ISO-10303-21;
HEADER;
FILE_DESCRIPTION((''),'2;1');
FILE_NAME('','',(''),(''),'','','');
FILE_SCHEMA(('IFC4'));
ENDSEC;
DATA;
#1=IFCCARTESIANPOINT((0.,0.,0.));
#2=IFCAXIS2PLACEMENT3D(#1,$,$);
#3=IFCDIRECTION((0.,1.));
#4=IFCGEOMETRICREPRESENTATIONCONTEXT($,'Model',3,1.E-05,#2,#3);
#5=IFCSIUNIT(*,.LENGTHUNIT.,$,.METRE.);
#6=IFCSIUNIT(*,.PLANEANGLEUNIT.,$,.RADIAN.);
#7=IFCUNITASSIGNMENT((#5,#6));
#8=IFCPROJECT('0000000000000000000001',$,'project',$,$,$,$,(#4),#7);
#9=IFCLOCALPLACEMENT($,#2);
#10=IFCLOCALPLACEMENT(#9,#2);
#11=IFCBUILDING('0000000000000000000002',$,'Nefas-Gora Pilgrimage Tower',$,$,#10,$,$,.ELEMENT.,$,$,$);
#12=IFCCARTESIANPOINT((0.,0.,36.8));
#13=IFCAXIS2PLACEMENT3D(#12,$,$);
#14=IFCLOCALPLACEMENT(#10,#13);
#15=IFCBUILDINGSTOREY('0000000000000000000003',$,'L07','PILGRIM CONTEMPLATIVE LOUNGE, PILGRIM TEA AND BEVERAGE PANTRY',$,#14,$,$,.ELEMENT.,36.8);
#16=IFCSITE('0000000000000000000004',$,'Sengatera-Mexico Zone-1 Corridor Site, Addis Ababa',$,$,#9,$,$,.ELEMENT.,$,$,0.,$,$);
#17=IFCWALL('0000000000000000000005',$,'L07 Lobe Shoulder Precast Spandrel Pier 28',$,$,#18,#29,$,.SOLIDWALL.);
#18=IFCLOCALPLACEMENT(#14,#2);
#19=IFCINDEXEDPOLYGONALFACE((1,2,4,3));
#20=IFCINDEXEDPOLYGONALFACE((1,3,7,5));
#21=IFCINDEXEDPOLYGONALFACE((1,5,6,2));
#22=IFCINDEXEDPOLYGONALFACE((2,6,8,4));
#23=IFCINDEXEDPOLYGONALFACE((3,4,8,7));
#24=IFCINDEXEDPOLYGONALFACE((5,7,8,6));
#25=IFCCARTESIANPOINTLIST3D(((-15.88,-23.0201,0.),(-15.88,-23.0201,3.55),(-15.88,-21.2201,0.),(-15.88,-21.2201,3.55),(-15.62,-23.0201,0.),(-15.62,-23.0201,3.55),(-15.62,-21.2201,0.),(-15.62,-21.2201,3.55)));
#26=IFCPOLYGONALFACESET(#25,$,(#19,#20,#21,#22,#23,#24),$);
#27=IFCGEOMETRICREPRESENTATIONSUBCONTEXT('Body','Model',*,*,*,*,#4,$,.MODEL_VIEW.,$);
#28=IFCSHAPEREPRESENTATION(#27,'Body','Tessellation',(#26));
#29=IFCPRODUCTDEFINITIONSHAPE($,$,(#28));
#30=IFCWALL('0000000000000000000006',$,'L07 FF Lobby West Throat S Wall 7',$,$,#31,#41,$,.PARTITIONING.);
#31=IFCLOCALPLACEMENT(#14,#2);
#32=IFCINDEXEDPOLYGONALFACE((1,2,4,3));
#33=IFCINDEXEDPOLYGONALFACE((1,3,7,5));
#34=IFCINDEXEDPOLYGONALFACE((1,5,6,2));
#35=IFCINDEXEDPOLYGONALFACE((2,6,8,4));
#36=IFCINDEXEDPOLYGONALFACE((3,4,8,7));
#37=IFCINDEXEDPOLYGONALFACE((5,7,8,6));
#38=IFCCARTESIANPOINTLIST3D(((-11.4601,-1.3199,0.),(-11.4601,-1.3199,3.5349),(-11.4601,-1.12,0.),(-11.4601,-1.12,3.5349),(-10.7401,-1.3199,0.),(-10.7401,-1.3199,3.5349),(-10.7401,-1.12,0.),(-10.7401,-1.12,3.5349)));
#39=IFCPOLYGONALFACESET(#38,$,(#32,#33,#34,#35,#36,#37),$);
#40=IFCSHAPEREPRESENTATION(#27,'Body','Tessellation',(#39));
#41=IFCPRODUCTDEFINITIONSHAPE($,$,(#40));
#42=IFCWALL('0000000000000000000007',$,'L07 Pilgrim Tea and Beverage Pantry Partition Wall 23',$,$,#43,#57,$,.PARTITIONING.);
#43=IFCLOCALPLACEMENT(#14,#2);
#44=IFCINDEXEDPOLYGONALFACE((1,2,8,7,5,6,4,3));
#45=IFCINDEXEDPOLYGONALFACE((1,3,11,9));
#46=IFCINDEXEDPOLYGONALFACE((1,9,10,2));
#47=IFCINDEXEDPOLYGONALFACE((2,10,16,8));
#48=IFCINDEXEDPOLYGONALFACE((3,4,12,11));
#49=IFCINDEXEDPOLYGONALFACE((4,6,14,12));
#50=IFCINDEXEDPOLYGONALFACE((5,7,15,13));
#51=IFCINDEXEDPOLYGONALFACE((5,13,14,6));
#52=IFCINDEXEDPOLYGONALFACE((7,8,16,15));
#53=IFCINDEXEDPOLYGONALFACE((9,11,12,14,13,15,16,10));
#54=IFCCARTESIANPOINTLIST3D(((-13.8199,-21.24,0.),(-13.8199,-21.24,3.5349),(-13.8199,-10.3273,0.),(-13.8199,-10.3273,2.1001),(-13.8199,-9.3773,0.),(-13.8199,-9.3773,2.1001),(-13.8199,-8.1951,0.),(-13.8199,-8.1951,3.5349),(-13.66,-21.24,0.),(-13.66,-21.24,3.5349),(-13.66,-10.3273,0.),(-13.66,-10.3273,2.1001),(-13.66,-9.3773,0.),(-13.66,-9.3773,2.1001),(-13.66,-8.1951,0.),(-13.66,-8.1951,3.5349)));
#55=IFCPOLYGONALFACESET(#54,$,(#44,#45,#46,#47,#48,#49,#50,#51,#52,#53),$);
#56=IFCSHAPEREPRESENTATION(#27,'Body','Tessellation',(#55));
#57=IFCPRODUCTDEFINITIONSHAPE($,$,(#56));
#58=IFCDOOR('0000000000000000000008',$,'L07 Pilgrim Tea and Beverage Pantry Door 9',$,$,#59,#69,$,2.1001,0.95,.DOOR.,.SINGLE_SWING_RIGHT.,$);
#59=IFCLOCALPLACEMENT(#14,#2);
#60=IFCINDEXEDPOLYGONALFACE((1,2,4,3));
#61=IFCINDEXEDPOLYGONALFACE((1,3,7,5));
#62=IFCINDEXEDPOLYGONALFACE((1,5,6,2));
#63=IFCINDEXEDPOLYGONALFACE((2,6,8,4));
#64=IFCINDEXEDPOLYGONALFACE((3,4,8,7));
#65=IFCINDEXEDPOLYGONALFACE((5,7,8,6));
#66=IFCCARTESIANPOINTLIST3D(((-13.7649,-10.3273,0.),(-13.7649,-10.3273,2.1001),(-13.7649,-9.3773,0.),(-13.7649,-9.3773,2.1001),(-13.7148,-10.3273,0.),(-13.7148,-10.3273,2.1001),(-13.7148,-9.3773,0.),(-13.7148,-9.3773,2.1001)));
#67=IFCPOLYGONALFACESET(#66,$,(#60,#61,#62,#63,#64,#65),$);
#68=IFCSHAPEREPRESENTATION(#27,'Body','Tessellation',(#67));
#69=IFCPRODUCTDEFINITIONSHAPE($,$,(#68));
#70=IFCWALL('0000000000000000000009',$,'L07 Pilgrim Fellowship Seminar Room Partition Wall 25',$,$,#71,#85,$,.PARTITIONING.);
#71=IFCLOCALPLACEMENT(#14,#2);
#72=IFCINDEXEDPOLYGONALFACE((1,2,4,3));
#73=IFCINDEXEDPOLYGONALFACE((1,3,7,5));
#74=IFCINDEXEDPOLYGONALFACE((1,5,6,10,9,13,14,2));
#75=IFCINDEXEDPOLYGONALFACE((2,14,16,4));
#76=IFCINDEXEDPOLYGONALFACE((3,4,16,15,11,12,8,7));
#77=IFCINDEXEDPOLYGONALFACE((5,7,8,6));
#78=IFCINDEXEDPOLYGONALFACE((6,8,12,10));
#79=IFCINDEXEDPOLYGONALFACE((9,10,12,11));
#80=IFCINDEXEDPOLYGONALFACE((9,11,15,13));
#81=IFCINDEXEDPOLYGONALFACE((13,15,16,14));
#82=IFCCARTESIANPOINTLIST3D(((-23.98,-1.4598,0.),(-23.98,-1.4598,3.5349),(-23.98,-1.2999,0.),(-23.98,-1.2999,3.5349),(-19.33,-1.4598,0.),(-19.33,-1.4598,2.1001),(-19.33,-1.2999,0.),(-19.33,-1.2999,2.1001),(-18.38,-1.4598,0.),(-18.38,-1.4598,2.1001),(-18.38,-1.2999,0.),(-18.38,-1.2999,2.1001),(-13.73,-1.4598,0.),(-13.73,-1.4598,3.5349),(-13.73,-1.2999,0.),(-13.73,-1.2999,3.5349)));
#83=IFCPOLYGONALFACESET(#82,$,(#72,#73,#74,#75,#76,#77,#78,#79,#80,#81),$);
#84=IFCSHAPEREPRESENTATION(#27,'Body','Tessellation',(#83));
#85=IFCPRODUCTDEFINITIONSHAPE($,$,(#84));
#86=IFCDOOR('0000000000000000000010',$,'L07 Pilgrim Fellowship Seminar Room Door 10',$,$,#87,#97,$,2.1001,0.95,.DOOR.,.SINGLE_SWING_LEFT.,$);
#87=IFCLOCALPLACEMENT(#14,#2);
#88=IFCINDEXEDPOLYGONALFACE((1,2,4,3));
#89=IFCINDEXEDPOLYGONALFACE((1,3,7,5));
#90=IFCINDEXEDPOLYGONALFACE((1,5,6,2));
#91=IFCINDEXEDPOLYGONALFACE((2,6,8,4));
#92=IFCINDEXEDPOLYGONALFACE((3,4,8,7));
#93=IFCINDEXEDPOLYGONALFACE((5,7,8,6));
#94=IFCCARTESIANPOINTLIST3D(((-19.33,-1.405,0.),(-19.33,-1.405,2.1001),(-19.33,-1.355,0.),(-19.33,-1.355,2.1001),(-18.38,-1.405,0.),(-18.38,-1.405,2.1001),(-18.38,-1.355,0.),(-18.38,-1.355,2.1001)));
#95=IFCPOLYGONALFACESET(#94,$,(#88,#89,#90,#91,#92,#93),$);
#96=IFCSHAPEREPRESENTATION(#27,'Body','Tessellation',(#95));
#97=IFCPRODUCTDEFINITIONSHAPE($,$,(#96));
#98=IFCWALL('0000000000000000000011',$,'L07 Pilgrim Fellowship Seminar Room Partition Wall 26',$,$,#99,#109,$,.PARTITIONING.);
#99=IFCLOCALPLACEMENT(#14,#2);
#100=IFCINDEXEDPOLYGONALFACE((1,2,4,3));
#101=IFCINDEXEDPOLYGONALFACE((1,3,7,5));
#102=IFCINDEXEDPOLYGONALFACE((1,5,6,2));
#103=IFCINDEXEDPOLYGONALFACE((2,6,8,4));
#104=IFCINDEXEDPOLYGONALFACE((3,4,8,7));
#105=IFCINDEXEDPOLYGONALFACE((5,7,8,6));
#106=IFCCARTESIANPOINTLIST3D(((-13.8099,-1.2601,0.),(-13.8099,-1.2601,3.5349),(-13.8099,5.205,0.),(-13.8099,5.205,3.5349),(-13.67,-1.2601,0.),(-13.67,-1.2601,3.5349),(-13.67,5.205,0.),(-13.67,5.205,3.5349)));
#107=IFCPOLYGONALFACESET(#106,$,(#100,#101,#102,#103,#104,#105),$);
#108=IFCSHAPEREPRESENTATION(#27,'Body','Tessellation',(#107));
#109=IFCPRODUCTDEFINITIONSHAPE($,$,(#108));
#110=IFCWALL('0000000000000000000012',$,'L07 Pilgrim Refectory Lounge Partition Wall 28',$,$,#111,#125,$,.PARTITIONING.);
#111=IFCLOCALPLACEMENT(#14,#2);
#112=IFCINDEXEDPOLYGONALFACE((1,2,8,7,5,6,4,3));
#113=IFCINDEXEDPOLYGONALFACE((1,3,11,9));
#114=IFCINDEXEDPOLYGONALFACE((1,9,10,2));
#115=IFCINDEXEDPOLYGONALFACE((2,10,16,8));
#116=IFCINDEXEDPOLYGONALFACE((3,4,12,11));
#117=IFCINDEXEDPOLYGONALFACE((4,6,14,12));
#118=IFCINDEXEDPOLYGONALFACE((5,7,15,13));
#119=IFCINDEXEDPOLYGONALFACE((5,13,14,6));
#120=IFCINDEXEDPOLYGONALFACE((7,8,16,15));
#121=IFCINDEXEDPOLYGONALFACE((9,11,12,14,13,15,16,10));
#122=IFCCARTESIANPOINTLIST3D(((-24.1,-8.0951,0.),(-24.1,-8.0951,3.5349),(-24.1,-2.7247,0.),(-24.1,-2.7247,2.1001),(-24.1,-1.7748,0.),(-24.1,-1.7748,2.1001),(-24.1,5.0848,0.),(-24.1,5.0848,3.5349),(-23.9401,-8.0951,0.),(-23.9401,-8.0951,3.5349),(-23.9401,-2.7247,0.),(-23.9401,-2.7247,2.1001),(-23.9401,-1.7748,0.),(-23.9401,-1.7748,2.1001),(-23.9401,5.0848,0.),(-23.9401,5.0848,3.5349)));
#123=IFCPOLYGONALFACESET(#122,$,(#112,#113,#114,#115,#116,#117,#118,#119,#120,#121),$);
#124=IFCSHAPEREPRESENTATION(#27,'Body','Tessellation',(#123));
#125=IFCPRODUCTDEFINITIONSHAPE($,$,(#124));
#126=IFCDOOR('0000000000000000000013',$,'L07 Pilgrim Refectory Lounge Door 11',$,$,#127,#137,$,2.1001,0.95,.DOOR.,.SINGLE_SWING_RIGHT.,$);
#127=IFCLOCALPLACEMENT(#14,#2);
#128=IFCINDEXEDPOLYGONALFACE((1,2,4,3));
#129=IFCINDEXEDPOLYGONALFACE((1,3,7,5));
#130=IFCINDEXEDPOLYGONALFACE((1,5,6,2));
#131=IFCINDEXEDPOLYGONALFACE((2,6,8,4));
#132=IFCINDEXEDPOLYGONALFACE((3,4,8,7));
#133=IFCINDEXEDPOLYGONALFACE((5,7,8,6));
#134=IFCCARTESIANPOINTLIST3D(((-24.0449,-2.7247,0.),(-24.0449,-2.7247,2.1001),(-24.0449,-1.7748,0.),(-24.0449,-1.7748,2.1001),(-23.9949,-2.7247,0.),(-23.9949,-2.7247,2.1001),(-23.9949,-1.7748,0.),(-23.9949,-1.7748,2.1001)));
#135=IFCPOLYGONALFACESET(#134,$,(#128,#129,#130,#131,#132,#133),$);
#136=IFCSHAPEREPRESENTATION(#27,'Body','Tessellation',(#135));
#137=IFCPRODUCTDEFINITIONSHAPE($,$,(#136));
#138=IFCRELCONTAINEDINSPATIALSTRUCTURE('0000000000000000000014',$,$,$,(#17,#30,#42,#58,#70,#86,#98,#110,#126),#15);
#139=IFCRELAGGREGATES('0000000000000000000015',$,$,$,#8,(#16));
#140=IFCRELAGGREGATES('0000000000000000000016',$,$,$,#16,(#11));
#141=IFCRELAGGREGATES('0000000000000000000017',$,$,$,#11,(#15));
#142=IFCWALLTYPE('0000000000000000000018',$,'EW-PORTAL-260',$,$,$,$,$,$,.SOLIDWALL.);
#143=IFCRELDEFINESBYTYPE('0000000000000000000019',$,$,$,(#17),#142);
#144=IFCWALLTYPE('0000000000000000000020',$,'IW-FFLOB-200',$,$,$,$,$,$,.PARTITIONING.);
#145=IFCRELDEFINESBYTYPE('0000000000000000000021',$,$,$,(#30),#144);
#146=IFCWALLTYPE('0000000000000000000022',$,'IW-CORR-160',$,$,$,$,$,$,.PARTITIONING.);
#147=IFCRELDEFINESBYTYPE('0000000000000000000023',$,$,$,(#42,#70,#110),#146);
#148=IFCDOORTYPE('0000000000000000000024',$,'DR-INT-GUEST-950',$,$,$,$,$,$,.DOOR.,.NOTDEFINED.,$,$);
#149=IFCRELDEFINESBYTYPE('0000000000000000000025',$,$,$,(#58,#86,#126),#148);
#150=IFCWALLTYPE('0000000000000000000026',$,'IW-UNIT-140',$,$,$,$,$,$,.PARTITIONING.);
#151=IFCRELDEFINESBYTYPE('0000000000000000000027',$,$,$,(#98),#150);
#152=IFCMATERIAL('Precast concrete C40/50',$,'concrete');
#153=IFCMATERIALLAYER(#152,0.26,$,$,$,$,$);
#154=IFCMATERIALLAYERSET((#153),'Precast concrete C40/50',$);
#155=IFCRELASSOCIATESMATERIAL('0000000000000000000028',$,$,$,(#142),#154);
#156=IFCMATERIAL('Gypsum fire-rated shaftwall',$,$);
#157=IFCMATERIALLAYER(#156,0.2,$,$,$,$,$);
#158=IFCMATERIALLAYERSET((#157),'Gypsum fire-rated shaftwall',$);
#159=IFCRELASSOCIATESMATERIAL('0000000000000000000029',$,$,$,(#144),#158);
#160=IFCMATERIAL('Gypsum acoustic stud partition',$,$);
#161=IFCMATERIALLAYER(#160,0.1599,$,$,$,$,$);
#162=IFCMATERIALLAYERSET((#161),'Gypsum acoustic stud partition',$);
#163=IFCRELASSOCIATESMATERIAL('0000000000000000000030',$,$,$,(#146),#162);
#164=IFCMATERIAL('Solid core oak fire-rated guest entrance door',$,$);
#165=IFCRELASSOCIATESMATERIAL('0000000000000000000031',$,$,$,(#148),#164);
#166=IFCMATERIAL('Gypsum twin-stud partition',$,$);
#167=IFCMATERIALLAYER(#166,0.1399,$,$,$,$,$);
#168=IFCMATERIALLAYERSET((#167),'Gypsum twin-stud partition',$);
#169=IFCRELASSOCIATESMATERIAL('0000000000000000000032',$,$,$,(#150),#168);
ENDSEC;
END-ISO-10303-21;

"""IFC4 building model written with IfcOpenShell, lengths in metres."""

from ifc_helpers import new_model, si_unit, direction, frame, frame_2d, origin, place, context, subcontext, project, spatial, rectangle, extrude, source, transform, mapped, material, layer, layer_set, type_object, element, fill, save


model = new_model("IFC4")

# Units and contexts
model_context = context("Model", 3, precision=1e-05, world=origin(), true_north=direction((0.0, 1.0)))
body_context = subcontext(model_context, "Body", "Model", "MODEL_VIEW")
ifc_project = project(units=[si_unit("LENGTHUNIT", "METRE"), si_unit("PLANEANGLEUNIT", "RADIAN")], contexts=[model_context])

# Site, building, storey
site_placement = place(None, origin())
site = spatial("IfcSite", under=ifc_project, at=site_placement, Name="Sengatera-Mexico Zone-1 Corridor Site, Addis Ababa", CompositionType="ELEMENT", RefElevation=0.0)
building_placement = place(site_placement, origin())
building = spatial("IfcBuilding", under=site, at=building_placement, Name="Nefas-Gora Pilgrimage Tower", CompositionType="ELEMENT")
storey_placement = place(building_placement, frame((0.0, 0.0, 36.8)))
storey = spatial("IfcBuildingStorey", under=building, at=storey_placement, Name="L07", Description="PILGRIM CONTEMPLATIVE LOUNGE, PILGRIM TEA AND BEVERAGE PANTRY", CompositionType="ELEMENT", Elevation=36.8)

# Wall
ifc_material_1 = material(Name="Precast concrete C40/50", Category="concrete")
ifc_layer_1 = layer(ifc_material_1, 0.26)
ifc_layer_set_1 = layer_set([ifc_layer_1], Name="Precast concrete C40/50")
wall_type_1 = type_object("IfcWallType", Name="EW-PORTAL-260", PredefinedType="SOLIDWALL", material=ifc_layer_set_1)
shared_shape_1 = source(origin(), body_context, "Body", "SweptSolid", [
    extrude(rectangle(XDim=1.8, YDim=0.26, at=frame_2d((0.8999, 0.0))), origin(), (0.0, 0.0, 1.0), 3.55),
])
wall_1_placement = place(storey_placement, frame((-15.75, -23.02, 0.0), z_axis=(0.0, 0.0, 1.0), x_axis=(0.0, 1.0, 0.0)))
element("IfcWall", 1, at=wall_1_placement, inside=storey, type_object=wall_type_1, Name="L07 Lobe Shoulder Precast Spandrel Pier 28", PredefinedType="SOLIDWALL", context=body_context, shape_type="MappedRepresentation", body=[
    mapped(shared_shape_1, transform((0.0, 0.0, 0.0), x_axis=(1.0, 0.0, 0.0), y_axis=(0.0, 1.0, 0.0), z_axis=(0.0, 0.0, 1.0), scale=1.0)),
])

# Shared definitions
ifc_material_2 = material(Name="Gypsum fire-rated shaftwall")
ifc_layer_2 = layer(ifc_material_2, 0.2)
ifc_layer_set_2 = layer_set([ifc_layer_2], Name="Gypsum fire-rated shaftwall")
wall_type_2 = type_object("IfcWallType", Name="IW-FFLOB-200", PredefinedType="PARTITIONING", material=ifc_layer_set_2)

# Wall
shared_shape_2 = source(origin(), body_context, "Body", "SweptSolid", [
    extrude(rectangle(XDim=0.72, YDim=0.2, at=frame_2d((0.3599, 0.0))), origin(), (0.0, 0.0, 1.0), 3.5349),
])
wall_2_placement = place(storey_placement, frame((-11.46, -1.22, 0.0), z_axis=(0.0, 0.0, 1.0), x_axis=(1.0, 0.0, 0.0)))
element("IfcWall", 2, at=wall_2_placement, inside=storey, type_object=wall_type_2, Name="L07 FF Lobby West Throat S Wall 7", PredefinedType="PARTITIONING", context=body_context, shape_type="MappedRepresentation", body=[
    mapped(shared_shape_2, transform((0.0, 0.0, 0.0), x_axis=(1.0, 0.0, 0.0), y_axis=(0.0, 1.0, 0.0), z_axis=(0.0, 0.0, 1.0), scale=1.0)),
])

# Walls, openings, doors
ifc_material_3 = material(Name="Gypsum acoustic stud partition")
ifc_layer_3 = layer(ifc_material_3, 0.1599)
ifc_layer_set_3 = layer_set([ifc_layer_3], Name="Gypsum acoustic stud partition")
wall_type_3 = type_object("IfcWallType", Name="IW-CORR-160", PredefinedType="PARTITIONING", material=ifc_layer_set_3)
shared_shape_3 = source(origin(), body_context, "Body", "SweptSolid", [
    extrude(rectangle(XDim=13.0449, YDim=0.1599, at=frame_2d((6.5225, 0.0))), origin(), (0.0, 0.0, 1.0), 3.5349),
])
wall_3_placement = place(storey_placement, frame((-13.74, -21.24, 0.0), z_axis=(0.0, 0.0, 1.0), x_axis=(0.0, 1.0, 0.0)))
wall_3 = element("IfcWall", 3, at=wall_3_placement, inside=storey, type_object=wall_type_3, Name="L07 Pilgrim Tea and Beverage Pantry Partition Wall 23", PredefinedType="PARTITIONING", context=body_context, shape_type="MappedRepresentation", body=[
    mapped(shared_shape_3, transform((0.0, 0.0, 0.0), x_axis=(1.0, 0.0, 0.0), y_axis=(0.0, 1.0, 0.0), z_axis=(0.0, 0.0, 1.0), scale=1.0)),
])
opening_1_placement = place(wall_3_placement, frame((10.9126, 0.0, 0.0)))
opening_1 = element("IfcOpeningElement", 4, at=opening_1_placement, cuts=wall_3, PredefinedType="OPENING", context=body_context, shape_type="SweptSolid", body=[
    extrude(rectangle(XDim=0.95, YDim=2.1001, at=frame_2d((0.4751, 1.05))), frame((0.0, 0.0898, 0.0), z_axis=(0.0, -1.0, 0.0), x_axis=(1.0, 0.0, 0.0)), (0.0, 0.0, 1.0), 0.1799),
])
ifc_material_4 = material(Name="Solid core oak fire-rated guest entrance door")
door_type_1 = type_object("IfcDoorType", Name="DR-INT-GUEST-950", OperationType="NOTDEFINED", PredefinedType="DOOR", material=ifc_material_4)
shared_shape_4 = source(origin(), body_context, "Body", "SweptSolid", [
    extrude(rectangle(XDim=0.95, YDim=2.1001, at=frame_2d((0.4751, 1.05))), frame((0.0, 0.0249, 0.0), z_axis=(0.0, -1.0, 0.0), x_axis=(1.0, 0.0, 0.0)), (0.0, 0.0, 1.0), 0.05),
])
door_1_placement = place(opening_1_placement, origin())
door_1 = element("IfcDoor", 5, at=door_1_placement, inside=storey, type_object=door_type_1, Name="L07 Pilgrim Tea and Beverage Pantry Door 9", OperationType="SINGLE_SWING_RIGHT", OverallHeight=2.1001, OverallWidth=0.95, PredefinedType="DOOR", context=body_context, shape_type="MappedRepresentation", body=[
    mapped(shared_shape_4, transform((0.0, 0.0, 0.0), x_axis=(1.0, 0.0, 0.0), y_axis=(0.0, 1.0, 0.0), z_axis=(0.0, 0.0, 1.0), scale=1.0)),
])
fill(opening_1, door_1)
shared_shape_5 = source(origin(), body_context, "Body", "SweptSolid", [
    extrude(rectangle(XDim=10.25, YDim=0.1599, at=frame_2d((5.125, 0.0))), origin(), (0.0, 0.0, 1.0), 3.5349),
])
wall_4_placement = place(storey_placement, frame((-23.98, -1.3799, 0.0), z_axis=(0.0, 0.0, 1.0), x_axis=(1.0, 0.0, 0.0)))
wall_4 = element("IfcWall", 6, at=wall_4_placement, inside=storey, type_object=wall_type_3, Name="L07 Pilgrim Fellowship Seminar Room Partition Wall 25", PredefinedType="PARTITIONING", context=body_context, shape_type="MappedRepresentation", body=[
    mapped(shared_shape_5, transform((0.0, 0.0, 0.0), x_axis=(1.0, 0.0, 0.0), y_axis=(0.0, 1.0, 0.0), z_axis=(0.0, 0.0, 1.0), scale=1.0)),
])
opening_2_placement = place(wall_4_placement, frame((4.6499, 0.0, 0.0)))
opening_2 = element("IfcOpeningElement", 7, at=opening_2_placement, cuts=wall_4, PredefinedType="OPENING", context=body_context, shape_type="SweptSolid", body=[
    extrude(rectangle(XDim=0.95, YDim=2.1001, at=frame_2d((0.4751, 1.05))), frame((0.0, 0.0898, 0.0), z_axis=(0.0, -1.0, 0.0), x_axis=(1.0, 0.0, 0.0)), (0.0, 0.0, 1.0), 0.1799),
])
door_2_placement = place(opening_2_placement, origin())
door_2 = element("IfcDoor", 8, at=door_2_placement, inside=storey, type_object=door_type_1, Name="L07 Pilgrim Fellowship Seminar Room Door 10", OperationType="SINGLE_SWING_LEFT", OverallHeight=2.1001, OverallWidth=0.95, PredefinedType="DOOR", context=body_context, shape_type="MappedRepresentation", body=[
    mapped(shared_shape_4, transform((0.0, 0.0, 0.0), x_axis=(1.0, 0.0, 0.0), y_axis=(0.0, 1.0, 0.0), z_axis=(0.0, 0.0, 1.0), scale=1.0)),
])
fill(opening_2, door_2)

# Wall
ifc_material_5 = material(Name="Gypsum twin-stud partition")
ifc_layer_4 = layer(ifc_material_5, 0.1399)
ifc_layer_set_4 = layer_set([ifc_layer_4], Name="Gypsum twin-stud partition")
wall_type_4 = type_object("IfcWallType", Name="IW-UNIT-140", PredefinedType="PARTITIONING", material=ifc_layer_set_4)
shared_shape_6 = source(origin(), body_context, "Body", "SweptSolid", [
    extrude(rectangle(XDim=6.4651, YDim=0.1399, at=frame_2d((3.2324, 0.0))), origin(), (0.0, 0.0, 1.0), 3.5349),
])
wall_5_placement = place(storey_placement, frame((-13.74, -1.26, 0.0), z_axis=(0.0, 0.0, 1.0), x_axis=(0.0, 1.0, 0.0)))
element("IfcWall", 9, at=wall_5_placement, inside=storey, type_object=wall_type_4, Name="L07 Pilgrim Fellowship Seminar Room Partition Wall 26", PredefinedType="PARTITIONING", context=body_context, shape_type="MappedRepresentation", body=[
    mapped(shared_shape_6, transform((0.0, 0.0, 0.0), x_axis=(1.0, 0.0, 0.0), y_axis=(0.0, 1.0, 0.0), z_axis=(0.0, 0.0, 1.0), scale=1.0)),
])

# Wall, opening, door
shared_shape_7 = source(origin(), body_context, "Body", "SweptSolid", [
    extrude(rectangle(XDim=13.1799, YDim=0.1599, at=frame_2d((6.5898, 0.0))), origin(), (0.0, 0.0, 1.0), 3.5349),
])
wall_6_placement = place(storey_placement, frame((-24.02, -8.095, 0.0), z_axis=(0.0, 0.0, 1.0), x_axis=(0.0, 1.0, 0.0)))
wall_6 = element("IfcWall", 10, at=wall_6_placement, inside=storey, type_object=wall_type_3, Name="L07 Pilgrim Refectory Lounge Partition Wall 28", PredefinedType="PARTITIONING", context=body_context, shape_type="MappedRepresentation", body=[
    mapped(shared_shape_7, transform((0.0, 0.0, 0.0), x_axis=(1.0, 0.0, 0.0), y_axis=(0.0, 1.0, 0.0), z_axis=(0.0, 0.0, 1.0), scale=1.0)),
])
opening_3_placement = place(wall_6_placement, frame((5.3701, 0.0, 0.0)))
opening_3 = element("IfcOpeningElement", 11, at=opening_3_placement, cuts=wall_6, PredefinedType="OPENING", context=body_context, shape_type="SweptSolid", body=[
    extrude(rectangle(XDim=0.95, YDim=2.1001, at=frame_2d((0.4751, 1.05))), frame((0.0, 0.0898, 0.0), z_axis=(0.0, -1.0, 0.0), x_axis=(1.0, 0.0, 0.0)), (0.0, 0.0, 1.0), 0.1799),
])
door_3_placement = place(opening_3_placement, origin())
door_3 = element("IfcDoor", 12, at=door_3_placement, inside=storey, type_object=door_type_1, Name="L07 Pilgrim Refectory Lounge Door 11", OperationType="SINGLE_SWING_RIGHT", OverallHeight=2.1001, OverallWidth=0.95, PredefinedType="DOOR", context=body_context, shape_type="MappedRepresentation", body=[
    mapped(shared_shape_4, transform((0.0, 0.0, 0.0), x_axis=(1.0, 0.0, 0.0), y_axis=(0.0, 1.0, 0.0), z_axis=(0.0, 0.0, 1.0), scale=1.0)),
])
fill(opening_3, door_3)

save(model, "model.ifc")
